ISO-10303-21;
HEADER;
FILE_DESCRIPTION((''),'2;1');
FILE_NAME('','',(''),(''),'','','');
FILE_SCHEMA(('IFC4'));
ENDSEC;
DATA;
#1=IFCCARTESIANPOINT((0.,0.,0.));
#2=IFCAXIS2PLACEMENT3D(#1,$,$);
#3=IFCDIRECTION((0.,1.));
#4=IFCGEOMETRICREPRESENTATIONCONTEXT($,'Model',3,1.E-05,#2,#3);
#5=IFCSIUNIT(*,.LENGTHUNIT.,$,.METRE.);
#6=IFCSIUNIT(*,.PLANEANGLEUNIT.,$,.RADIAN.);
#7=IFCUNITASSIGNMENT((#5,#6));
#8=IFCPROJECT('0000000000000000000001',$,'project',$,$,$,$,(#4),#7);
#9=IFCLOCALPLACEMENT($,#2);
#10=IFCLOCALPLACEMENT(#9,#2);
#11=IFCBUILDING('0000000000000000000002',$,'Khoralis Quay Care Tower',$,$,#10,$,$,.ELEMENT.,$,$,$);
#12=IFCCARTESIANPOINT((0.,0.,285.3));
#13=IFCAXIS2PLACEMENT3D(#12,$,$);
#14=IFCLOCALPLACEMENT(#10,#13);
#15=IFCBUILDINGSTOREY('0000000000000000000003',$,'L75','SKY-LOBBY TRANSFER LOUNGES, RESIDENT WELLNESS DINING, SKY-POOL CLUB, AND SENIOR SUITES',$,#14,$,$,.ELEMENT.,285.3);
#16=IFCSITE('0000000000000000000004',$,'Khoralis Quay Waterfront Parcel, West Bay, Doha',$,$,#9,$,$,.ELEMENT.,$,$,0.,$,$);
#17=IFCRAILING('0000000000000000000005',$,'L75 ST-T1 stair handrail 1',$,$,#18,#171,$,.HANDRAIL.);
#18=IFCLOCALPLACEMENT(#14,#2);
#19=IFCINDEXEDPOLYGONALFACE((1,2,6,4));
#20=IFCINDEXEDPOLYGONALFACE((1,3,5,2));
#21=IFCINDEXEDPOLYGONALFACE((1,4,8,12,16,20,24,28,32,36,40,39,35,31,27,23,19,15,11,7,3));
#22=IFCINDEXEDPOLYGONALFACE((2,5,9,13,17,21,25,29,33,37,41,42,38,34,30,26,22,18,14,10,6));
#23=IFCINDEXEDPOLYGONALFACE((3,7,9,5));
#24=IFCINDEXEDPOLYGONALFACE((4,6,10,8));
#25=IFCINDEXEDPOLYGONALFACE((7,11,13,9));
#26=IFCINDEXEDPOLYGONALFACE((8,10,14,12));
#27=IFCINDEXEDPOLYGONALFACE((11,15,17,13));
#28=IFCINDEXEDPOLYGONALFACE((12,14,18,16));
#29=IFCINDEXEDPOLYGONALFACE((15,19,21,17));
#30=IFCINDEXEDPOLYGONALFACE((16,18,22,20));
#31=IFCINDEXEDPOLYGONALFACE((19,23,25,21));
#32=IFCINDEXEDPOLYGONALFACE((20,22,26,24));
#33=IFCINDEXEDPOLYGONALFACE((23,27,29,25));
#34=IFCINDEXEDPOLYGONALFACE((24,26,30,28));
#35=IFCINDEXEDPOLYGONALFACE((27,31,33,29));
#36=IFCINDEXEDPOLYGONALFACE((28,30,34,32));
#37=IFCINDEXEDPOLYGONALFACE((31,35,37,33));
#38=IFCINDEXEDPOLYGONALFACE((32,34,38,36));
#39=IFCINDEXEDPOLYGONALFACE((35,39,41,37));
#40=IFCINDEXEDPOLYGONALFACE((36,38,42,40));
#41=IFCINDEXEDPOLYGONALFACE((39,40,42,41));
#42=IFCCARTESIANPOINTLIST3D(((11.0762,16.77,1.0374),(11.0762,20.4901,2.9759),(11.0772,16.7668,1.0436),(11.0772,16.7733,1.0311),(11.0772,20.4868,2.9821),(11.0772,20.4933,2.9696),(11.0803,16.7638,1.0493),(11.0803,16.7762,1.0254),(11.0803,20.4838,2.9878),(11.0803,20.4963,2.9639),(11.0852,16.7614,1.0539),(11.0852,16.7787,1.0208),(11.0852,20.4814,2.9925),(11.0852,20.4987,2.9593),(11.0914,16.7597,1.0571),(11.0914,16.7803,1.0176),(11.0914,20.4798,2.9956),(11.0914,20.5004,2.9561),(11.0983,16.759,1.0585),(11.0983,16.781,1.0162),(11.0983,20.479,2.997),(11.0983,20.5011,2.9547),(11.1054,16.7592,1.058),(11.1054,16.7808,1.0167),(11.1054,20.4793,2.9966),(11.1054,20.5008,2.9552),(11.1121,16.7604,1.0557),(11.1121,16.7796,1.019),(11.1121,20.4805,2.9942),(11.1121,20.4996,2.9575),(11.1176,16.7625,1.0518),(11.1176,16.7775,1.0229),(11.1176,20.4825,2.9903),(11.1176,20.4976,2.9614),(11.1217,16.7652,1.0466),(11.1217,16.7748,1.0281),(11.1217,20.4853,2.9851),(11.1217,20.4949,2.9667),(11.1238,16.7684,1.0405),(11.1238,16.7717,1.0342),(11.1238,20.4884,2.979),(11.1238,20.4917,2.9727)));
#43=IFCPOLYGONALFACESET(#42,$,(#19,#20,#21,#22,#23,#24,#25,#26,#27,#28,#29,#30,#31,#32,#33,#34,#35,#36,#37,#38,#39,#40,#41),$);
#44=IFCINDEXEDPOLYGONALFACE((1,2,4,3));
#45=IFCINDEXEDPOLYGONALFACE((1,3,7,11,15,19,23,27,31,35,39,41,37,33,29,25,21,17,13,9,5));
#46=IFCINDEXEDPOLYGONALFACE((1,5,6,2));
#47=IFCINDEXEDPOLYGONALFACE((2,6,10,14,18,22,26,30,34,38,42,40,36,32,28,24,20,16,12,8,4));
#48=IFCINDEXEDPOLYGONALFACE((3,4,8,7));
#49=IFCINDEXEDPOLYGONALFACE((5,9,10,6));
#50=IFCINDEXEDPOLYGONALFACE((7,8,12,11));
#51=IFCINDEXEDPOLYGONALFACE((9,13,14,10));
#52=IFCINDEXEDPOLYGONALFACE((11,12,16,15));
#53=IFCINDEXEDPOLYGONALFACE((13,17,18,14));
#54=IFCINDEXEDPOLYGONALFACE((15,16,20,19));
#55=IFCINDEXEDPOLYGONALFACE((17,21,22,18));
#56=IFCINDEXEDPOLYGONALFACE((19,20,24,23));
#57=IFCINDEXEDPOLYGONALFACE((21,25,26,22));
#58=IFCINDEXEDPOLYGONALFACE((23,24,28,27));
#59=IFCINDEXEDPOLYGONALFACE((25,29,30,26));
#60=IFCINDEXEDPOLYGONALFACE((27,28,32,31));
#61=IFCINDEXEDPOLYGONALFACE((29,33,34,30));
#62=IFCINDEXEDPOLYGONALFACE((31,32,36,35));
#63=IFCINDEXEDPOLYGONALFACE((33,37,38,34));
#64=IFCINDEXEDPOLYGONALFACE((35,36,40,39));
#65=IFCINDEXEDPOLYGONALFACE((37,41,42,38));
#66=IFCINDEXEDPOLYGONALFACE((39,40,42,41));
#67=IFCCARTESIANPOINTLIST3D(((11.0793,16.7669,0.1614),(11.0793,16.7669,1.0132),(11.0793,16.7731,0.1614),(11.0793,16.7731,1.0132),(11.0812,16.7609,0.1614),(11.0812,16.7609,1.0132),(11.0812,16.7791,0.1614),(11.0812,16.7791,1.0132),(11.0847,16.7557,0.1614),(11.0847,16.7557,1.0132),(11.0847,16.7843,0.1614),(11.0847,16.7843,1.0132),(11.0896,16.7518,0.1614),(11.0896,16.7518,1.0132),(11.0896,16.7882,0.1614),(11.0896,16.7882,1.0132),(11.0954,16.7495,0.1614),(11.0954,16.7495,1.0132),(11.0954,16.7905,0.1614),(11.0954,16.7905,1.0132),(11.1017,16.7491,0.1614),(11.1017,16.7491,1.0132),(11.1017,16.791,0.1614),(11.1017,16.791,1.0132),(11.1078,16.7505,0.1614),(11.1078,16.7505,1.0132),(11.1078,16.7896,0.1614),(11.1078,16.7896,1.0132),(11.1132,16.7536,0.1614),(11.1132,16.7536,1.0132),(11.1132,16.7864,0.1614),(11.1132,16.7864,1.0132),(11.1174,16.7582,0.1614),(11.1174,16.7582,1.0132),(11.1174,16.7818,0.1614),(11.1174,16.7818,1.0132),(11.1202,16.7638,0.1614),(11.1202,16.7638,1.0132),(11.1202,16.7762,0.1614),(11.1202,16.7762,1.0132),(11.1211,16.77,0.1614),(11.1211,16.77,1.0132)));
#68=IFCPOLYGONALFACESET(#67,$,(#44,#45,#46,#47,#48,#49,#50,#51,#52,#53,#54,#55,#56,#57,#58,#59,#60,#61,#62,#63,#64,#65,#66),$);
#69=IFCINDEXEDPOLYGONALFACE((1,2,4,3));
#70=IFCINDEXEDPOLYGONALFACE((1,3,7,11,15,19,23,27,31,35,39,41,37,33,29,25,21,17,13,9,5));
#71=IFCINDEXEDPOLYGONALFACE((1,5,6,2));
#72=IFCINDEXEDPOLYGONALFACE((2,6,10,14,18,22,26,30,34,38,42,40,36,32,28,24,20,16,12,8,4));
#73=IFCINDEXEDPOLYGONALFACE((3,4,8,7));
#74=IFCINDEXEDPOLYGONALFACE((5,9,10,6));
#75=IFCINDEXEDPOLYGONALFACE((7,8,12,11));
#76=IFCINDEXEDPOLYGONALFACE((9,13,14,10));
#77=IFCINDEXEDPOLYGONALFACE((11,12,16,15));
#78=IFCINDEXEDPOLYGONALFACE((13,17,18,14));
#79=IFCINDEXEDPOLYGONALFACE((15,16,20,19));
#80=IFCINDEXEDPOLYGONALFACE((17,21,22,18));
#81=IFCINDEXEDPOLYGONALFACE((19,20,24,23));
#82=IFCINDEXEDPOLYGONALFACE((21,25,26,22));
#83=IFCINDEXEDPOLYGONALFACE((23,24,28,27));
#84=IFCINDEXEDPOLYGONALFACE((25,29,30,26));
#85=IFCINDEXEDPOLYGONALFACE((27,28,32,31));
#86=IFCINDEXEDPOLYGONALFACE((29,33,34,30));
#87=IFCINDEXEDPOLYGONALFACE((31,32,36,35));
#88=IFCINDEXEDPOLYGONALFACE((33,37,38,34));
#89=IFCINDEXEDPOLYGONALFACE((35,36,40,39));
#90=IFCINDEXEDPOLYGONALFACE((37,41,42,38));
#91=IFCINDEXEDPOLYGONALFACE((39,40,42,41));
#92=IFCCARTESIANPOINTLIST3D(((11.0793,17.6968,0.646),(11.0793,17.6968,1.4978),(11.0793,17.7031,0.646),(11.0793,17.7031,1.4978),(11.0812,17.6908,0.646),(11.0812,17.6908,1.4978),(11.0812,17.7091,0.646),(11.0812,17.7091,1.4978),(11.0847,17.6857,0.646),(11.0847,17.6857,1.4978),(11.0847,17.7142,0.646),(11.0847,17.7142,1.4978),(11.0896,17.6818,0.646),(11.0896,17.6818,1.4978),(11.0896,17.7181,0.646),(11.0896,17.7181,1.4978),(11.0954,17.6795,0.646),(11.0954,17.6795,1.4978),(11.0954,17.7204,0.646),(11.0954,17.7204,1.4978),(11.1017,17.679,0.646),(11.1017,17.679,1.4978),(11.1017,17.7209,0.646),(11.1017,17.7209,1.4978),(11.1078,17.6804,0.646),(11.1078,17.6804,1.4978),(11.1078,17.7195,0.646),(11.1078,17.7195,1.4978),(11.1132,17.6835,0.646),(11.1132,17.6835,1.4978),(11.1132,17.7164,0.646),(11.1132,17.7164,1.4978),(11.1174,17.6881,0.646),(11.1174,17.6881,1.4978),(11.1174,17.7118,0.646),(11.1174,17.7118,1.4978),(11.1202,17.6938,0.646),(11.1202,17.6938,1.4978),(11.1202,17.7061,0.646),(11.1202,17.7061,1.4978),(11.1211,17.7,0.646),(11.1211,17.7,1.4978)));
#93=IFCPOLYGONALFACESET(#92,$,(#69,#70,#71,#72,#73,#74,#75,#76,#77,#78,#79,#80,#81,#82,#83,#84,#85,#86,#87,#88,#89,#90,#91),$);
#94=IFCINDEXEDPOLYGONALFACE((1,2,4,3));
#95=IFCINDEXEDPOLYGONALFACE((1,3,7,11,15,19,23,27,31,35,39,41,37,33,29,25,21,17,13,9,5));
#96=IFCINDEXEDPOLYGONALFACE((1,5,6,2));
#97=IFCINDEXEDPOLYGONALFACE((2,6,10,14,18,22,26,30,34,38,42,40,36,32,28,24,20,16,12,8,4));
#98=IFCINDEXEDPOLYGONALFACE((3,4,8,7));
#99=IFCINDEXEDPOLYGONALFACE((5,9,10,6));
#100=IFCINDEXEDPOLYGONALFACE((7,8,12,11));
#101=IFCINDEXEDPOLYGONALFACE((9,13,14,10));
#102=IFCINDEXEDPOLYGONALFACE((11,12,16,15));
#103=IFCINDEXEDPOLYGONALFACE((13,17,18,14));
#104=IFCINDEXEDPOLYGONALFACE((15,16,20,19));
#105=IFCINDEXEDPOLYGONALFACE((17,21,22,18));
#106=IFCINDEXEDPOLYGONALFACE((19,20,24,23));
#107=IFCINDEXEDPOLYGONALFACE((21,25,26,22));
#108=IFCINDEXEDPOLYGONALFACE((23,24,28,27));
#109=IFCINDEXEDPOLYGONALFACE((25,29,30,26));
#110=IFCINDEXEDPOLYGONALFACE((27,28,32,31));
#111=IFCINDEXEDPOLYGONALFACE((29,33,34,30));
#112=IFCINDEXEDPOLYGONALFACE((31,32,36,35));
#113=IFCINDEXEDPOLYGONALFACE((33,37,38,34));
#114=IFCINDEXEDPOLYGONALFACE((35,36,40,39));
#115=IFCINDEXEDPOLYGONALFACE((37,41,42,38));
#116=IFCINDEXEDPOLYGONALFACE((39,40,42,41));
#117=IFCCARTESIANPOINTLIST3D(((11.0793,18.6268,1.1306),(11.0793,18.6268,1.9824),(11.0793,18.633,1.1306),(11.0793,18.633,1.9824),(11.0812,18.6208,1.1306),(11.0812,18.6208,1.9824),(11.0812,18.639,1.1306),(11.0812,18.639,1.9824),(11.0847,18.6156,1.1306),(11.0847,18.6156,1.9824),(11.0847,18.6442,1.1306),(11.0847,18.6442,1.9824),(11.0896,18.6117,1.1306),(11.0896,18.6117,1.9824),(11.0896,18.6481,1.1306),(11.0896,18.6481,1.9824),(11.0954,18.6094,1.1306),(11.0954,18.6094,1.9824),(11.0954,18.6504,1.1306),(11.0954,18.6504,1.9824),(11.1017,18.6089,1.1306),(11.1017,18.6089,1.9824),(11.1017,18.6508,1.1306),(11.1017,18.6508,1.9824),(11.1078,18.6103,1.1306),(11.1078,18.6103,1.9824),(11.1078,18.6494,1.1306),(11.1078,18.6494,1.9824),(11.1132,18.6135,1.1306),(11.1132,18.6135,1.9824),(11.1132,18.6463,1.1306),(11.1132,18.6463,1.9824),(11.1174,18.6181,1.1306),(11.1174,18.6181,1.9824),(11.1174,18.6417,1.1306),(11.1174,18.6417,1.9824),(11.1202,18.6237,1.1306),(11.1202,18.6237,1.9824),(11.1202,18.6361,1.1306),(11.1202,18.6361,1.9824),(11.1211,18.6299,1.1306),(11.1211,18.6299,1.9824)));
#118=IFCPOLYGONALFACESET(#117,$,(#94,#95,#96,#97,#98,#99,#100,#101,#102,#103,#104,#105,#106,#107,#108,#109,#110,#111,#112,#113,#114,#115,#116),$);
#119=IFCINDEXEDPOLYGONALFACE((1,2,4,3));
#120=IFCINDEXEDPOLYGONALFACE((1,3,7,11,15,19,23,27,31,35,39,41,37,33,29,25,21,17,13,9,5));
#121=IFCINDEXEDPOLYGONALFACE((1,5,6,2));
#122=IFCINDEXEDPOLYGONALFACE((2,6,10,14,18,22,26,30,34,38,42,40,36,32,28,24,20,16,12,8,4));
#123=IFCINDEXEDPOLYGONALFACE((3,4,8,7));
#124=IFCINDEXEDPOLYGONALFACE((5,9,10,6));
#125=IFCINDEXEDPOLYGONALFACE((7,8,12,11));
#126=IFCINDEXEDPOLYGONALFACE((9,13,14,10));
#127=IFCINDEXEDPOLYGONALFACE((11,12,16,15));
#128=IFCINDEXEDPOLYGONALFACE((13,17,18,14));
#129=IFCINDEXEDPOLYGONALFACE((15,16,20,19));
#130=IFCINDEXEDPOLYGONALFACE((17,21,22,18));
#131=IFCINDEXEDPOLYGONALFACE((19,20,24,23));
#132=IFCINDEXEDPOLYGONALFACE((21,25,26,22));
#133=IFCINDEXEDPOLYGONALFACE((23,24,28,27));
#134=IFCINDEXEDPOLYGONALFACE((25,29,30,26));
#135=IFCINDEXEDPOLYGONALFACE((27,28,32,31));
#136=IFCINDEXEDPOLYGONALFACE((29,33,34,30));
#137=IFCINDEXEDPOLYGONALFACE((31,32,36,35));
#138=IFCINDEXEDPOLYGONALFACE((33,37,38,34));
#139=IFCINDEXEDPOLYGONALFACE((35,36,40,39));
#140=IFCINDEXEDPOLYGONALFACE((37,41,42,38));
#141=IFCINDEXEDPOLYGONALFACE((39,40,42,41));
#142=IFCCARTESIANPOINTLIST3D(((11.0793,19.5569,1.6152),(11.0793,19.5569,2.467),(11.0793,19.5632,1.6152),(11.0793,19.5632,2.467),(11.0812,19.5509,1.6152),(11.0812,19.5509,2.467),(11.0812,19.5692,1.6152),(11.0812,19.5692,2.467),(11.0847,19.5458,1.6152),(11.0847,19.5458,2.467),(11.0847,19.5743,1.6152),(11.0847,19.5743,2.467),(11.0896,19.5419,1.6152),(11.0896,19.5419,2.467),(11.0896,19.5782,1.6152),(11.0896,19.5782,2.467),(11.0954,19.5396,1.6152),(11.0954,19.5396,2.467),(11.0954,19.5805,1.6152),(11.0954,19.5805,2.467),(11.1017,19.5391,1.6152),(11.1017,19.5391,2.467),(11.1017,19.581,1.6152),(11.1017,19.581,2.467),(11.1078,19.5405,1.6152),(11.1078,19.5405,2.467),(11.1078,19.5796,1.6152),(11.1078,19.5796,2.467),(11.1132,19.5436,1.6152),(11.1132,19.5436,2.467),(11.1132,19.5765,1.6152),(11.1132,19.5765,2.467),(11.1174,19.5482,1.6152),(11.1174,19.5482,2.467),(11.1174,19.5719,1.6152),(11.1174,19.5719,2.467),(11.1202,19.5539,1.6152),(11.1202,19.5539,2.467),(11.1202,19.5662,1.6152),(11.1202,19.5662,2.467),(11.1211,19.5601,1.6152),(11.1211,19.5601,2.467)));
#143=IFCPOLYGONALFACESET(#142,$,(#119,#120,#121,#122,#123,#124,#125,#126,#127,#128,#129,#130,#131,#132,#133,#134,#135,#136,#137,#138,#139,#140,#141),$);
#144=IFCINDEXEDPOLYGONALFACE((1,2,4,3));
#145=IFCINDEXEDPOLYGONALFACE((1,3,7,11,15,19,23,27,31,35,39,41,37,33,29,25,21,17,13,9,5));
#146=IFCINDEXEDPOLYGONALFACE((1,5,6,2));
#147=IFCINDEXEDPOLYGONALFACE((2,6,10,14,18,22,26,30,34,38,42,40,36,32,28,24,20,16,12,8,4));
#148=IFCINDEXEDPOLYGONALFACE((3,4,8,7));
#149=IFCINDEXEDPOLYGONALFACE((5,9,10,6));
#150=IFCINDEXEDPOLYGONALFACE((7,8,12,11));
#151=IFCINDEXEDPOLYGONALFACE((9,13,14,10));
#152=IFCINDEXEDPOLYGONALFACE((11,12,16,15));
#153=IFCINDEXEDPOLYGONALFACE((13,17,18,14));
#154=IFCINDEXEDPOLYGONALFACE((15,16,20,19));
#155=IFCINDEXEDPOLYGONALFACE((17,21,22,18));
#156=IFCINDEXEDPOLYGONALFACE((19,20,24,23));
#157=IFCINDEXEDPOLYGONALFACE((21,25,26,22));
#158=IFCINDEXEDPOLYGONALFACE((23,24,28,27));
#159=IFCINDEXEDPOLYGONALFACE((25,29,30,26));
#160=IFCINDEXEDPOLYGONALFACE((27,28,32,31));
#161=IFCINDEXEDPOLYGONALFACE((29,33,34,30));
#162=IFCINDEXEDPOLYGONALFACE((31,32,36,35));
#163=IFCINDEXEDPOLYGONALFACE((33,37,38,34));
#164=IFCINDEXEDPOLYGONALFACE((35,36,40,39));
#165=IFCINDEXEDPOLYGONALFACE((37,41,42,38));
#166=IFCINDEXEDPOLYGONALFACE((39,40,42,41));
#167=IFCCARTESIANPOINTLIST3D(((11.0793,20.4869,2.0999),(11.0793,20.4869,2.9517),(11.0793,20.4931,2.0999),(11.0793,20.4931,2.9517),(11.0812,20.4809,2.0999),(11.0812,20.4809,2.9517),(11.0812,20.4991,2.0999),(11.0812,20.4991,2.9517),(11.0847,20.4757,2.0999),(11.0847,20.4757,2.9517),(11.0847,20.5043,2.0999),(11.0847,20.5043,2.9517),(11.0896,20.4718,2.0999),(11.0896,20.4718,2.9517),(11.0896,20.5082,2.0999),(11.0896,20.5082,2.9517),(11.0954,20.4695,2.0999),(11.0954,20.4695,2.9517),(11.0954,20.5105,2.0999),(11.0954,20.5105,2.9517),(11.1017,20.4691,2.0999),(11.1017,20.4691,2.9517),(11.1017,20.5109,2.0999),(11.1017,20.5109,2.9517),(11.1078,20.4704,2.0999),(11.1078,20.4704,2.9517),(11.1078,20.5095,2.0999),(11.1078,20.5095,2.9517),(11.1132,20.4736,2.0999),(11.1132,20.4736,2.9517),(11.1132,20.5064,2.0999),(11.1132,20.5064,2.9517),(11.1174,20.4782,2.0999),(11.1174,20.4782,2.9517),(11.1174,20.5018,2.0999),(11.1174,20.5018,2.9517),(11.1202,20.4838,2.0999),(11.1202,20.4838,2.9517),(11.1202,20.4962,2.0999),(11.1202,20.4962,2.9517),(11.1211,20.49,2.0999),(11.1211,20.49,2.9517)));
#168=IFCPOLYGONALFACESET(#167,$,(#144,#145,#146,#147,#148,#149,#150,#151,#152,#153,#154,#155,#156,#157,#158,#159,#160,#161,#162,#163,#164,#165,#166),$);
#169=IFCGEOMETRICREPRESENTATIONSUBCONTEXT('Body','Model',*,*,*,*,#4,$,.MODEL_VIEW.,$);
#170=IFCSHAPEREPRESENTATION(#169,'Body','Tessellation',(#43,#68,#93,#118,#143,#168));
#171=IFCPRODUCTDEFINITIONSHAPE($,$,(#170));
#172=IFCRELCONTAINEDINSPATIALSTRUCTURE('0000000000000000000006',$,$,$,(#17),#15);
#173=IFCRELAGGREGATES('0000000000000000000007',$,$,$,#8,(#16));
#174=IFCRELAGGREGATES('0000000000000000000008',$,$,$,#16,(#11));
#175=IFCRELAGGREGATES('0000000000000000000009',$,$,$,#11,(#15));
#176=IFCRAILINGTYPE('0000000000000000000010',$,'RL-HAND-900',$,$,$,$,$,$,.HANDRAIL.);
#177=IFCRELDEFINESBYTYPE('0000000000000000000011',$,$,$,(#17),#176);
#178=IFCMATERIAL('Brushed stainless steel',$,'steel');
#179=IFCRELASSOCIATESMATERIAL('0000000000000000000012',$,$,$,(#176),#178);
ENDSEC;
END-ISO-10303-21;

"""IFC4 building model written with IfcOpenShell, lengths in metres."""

from ifc_helpers import new_model, si_unit, direction, frame, origin, origin_2d, place, context, subcontext, project, spatial, circle, extrude, material, type_object, element, save


model = new_model("IFC4")

# Units and contexts
model_context = context("Model", 3, precision=1e-05, world=origin(), true_north=direction((0.0, 1.0)))
body_context = subcontext(model_context, "Body", "Model", "MODEL_VIEW")
ifc_project = project(units=[si_unit("LENGTHUNIT", "METRE"), si_unit("PLANEANGLEUNIT", "RADIAN")], contexts=[model_context])

# Site, building, storey
site_placement = place(None, origin())
site = spatial("IfcSite", under=ifc_project, at=site_placement, Name="Khoralis Quay Waterfront Parcel, West Bay, Doha", CompositionType="ELEMENT", RefElevation=0.0)
building_placement = place(site_placement, origin())
building = spatial("IfcBuilding", under=site, at=building_placement, Name="Khoralis Quay Care Tower", CompositionType="ELEMENT")
storey_placement = place(building_placement, frame((0.0, 0.0, 285.3)))
storey = spatial("IfcBuildingStorey", under=building, at=storey_placement, Name="L75", Description="SKY-LOBBY TRANSFER LOUNGES, RESIDENT WELLNESS DINING, SKY-POOL CLUB, AND SENIOR SUITES", CompositionType="ELEMENT", Elevation=285.3)

# Shared definitions
ifc_material_1 = material(Name="Brushed stainless steel", Category="steel")

# Railing
railing_type_1 = type_object("IfcRailingType", Name="RL-HAND-900", PredefinedType="HANDRAIL", material=ifc_material_1)
railing_1_placement = place(storey_placement, frame((11.1001, 16.77, 0.1614)))
element("IfcRailing", 1, at=railing_1_placement, inside=storey, type_object=railing_type_1, Name="L75 ST-T1 stair handrail 1", PredefinedType="HANDRAIL", context=body_context, shape_type="SweptSolid", body=[
    extrude(circle(Radius=0.0239, at=origin_2d()), frame((0.0, 0.0, 0.876), z_axis=(0.0, 0.886817, 0.46212), x_axis=(-1.0, 0.0, 0.0)), (0.0, 0.0, 1.0), 4.1948),
    extrude(circle(Radius=0.021, at=origin_2d()), origin(), (0.0, 0.0, 1.0), 0.8518),
    extrude(circle(Radius=0.021, at=origin_2d()), frame((0.0, 0.9299, 0.4846)), (0.0, 0.0, 1.0), 0.8518),
    extrude(circle(Radius=0.021, at=origin_2d()), frame((0.0, 1.8599, 0.9692)), (0.0, 0.0, 1.0), 0.8518),
    extrude(circle(Radius=0.021, at=origin_2d()), frame((0.0, 2.79, 1.4539)), (0.0, 0.0, 1.0), 0.8518),
    extrude(circle(Radius=0.021, at=origin_2d()), frame((0.0, 3.72, 1.9385)), (0.0, 0.0, 1.0), 0.8518),
])

save(model, "model.ifc")
